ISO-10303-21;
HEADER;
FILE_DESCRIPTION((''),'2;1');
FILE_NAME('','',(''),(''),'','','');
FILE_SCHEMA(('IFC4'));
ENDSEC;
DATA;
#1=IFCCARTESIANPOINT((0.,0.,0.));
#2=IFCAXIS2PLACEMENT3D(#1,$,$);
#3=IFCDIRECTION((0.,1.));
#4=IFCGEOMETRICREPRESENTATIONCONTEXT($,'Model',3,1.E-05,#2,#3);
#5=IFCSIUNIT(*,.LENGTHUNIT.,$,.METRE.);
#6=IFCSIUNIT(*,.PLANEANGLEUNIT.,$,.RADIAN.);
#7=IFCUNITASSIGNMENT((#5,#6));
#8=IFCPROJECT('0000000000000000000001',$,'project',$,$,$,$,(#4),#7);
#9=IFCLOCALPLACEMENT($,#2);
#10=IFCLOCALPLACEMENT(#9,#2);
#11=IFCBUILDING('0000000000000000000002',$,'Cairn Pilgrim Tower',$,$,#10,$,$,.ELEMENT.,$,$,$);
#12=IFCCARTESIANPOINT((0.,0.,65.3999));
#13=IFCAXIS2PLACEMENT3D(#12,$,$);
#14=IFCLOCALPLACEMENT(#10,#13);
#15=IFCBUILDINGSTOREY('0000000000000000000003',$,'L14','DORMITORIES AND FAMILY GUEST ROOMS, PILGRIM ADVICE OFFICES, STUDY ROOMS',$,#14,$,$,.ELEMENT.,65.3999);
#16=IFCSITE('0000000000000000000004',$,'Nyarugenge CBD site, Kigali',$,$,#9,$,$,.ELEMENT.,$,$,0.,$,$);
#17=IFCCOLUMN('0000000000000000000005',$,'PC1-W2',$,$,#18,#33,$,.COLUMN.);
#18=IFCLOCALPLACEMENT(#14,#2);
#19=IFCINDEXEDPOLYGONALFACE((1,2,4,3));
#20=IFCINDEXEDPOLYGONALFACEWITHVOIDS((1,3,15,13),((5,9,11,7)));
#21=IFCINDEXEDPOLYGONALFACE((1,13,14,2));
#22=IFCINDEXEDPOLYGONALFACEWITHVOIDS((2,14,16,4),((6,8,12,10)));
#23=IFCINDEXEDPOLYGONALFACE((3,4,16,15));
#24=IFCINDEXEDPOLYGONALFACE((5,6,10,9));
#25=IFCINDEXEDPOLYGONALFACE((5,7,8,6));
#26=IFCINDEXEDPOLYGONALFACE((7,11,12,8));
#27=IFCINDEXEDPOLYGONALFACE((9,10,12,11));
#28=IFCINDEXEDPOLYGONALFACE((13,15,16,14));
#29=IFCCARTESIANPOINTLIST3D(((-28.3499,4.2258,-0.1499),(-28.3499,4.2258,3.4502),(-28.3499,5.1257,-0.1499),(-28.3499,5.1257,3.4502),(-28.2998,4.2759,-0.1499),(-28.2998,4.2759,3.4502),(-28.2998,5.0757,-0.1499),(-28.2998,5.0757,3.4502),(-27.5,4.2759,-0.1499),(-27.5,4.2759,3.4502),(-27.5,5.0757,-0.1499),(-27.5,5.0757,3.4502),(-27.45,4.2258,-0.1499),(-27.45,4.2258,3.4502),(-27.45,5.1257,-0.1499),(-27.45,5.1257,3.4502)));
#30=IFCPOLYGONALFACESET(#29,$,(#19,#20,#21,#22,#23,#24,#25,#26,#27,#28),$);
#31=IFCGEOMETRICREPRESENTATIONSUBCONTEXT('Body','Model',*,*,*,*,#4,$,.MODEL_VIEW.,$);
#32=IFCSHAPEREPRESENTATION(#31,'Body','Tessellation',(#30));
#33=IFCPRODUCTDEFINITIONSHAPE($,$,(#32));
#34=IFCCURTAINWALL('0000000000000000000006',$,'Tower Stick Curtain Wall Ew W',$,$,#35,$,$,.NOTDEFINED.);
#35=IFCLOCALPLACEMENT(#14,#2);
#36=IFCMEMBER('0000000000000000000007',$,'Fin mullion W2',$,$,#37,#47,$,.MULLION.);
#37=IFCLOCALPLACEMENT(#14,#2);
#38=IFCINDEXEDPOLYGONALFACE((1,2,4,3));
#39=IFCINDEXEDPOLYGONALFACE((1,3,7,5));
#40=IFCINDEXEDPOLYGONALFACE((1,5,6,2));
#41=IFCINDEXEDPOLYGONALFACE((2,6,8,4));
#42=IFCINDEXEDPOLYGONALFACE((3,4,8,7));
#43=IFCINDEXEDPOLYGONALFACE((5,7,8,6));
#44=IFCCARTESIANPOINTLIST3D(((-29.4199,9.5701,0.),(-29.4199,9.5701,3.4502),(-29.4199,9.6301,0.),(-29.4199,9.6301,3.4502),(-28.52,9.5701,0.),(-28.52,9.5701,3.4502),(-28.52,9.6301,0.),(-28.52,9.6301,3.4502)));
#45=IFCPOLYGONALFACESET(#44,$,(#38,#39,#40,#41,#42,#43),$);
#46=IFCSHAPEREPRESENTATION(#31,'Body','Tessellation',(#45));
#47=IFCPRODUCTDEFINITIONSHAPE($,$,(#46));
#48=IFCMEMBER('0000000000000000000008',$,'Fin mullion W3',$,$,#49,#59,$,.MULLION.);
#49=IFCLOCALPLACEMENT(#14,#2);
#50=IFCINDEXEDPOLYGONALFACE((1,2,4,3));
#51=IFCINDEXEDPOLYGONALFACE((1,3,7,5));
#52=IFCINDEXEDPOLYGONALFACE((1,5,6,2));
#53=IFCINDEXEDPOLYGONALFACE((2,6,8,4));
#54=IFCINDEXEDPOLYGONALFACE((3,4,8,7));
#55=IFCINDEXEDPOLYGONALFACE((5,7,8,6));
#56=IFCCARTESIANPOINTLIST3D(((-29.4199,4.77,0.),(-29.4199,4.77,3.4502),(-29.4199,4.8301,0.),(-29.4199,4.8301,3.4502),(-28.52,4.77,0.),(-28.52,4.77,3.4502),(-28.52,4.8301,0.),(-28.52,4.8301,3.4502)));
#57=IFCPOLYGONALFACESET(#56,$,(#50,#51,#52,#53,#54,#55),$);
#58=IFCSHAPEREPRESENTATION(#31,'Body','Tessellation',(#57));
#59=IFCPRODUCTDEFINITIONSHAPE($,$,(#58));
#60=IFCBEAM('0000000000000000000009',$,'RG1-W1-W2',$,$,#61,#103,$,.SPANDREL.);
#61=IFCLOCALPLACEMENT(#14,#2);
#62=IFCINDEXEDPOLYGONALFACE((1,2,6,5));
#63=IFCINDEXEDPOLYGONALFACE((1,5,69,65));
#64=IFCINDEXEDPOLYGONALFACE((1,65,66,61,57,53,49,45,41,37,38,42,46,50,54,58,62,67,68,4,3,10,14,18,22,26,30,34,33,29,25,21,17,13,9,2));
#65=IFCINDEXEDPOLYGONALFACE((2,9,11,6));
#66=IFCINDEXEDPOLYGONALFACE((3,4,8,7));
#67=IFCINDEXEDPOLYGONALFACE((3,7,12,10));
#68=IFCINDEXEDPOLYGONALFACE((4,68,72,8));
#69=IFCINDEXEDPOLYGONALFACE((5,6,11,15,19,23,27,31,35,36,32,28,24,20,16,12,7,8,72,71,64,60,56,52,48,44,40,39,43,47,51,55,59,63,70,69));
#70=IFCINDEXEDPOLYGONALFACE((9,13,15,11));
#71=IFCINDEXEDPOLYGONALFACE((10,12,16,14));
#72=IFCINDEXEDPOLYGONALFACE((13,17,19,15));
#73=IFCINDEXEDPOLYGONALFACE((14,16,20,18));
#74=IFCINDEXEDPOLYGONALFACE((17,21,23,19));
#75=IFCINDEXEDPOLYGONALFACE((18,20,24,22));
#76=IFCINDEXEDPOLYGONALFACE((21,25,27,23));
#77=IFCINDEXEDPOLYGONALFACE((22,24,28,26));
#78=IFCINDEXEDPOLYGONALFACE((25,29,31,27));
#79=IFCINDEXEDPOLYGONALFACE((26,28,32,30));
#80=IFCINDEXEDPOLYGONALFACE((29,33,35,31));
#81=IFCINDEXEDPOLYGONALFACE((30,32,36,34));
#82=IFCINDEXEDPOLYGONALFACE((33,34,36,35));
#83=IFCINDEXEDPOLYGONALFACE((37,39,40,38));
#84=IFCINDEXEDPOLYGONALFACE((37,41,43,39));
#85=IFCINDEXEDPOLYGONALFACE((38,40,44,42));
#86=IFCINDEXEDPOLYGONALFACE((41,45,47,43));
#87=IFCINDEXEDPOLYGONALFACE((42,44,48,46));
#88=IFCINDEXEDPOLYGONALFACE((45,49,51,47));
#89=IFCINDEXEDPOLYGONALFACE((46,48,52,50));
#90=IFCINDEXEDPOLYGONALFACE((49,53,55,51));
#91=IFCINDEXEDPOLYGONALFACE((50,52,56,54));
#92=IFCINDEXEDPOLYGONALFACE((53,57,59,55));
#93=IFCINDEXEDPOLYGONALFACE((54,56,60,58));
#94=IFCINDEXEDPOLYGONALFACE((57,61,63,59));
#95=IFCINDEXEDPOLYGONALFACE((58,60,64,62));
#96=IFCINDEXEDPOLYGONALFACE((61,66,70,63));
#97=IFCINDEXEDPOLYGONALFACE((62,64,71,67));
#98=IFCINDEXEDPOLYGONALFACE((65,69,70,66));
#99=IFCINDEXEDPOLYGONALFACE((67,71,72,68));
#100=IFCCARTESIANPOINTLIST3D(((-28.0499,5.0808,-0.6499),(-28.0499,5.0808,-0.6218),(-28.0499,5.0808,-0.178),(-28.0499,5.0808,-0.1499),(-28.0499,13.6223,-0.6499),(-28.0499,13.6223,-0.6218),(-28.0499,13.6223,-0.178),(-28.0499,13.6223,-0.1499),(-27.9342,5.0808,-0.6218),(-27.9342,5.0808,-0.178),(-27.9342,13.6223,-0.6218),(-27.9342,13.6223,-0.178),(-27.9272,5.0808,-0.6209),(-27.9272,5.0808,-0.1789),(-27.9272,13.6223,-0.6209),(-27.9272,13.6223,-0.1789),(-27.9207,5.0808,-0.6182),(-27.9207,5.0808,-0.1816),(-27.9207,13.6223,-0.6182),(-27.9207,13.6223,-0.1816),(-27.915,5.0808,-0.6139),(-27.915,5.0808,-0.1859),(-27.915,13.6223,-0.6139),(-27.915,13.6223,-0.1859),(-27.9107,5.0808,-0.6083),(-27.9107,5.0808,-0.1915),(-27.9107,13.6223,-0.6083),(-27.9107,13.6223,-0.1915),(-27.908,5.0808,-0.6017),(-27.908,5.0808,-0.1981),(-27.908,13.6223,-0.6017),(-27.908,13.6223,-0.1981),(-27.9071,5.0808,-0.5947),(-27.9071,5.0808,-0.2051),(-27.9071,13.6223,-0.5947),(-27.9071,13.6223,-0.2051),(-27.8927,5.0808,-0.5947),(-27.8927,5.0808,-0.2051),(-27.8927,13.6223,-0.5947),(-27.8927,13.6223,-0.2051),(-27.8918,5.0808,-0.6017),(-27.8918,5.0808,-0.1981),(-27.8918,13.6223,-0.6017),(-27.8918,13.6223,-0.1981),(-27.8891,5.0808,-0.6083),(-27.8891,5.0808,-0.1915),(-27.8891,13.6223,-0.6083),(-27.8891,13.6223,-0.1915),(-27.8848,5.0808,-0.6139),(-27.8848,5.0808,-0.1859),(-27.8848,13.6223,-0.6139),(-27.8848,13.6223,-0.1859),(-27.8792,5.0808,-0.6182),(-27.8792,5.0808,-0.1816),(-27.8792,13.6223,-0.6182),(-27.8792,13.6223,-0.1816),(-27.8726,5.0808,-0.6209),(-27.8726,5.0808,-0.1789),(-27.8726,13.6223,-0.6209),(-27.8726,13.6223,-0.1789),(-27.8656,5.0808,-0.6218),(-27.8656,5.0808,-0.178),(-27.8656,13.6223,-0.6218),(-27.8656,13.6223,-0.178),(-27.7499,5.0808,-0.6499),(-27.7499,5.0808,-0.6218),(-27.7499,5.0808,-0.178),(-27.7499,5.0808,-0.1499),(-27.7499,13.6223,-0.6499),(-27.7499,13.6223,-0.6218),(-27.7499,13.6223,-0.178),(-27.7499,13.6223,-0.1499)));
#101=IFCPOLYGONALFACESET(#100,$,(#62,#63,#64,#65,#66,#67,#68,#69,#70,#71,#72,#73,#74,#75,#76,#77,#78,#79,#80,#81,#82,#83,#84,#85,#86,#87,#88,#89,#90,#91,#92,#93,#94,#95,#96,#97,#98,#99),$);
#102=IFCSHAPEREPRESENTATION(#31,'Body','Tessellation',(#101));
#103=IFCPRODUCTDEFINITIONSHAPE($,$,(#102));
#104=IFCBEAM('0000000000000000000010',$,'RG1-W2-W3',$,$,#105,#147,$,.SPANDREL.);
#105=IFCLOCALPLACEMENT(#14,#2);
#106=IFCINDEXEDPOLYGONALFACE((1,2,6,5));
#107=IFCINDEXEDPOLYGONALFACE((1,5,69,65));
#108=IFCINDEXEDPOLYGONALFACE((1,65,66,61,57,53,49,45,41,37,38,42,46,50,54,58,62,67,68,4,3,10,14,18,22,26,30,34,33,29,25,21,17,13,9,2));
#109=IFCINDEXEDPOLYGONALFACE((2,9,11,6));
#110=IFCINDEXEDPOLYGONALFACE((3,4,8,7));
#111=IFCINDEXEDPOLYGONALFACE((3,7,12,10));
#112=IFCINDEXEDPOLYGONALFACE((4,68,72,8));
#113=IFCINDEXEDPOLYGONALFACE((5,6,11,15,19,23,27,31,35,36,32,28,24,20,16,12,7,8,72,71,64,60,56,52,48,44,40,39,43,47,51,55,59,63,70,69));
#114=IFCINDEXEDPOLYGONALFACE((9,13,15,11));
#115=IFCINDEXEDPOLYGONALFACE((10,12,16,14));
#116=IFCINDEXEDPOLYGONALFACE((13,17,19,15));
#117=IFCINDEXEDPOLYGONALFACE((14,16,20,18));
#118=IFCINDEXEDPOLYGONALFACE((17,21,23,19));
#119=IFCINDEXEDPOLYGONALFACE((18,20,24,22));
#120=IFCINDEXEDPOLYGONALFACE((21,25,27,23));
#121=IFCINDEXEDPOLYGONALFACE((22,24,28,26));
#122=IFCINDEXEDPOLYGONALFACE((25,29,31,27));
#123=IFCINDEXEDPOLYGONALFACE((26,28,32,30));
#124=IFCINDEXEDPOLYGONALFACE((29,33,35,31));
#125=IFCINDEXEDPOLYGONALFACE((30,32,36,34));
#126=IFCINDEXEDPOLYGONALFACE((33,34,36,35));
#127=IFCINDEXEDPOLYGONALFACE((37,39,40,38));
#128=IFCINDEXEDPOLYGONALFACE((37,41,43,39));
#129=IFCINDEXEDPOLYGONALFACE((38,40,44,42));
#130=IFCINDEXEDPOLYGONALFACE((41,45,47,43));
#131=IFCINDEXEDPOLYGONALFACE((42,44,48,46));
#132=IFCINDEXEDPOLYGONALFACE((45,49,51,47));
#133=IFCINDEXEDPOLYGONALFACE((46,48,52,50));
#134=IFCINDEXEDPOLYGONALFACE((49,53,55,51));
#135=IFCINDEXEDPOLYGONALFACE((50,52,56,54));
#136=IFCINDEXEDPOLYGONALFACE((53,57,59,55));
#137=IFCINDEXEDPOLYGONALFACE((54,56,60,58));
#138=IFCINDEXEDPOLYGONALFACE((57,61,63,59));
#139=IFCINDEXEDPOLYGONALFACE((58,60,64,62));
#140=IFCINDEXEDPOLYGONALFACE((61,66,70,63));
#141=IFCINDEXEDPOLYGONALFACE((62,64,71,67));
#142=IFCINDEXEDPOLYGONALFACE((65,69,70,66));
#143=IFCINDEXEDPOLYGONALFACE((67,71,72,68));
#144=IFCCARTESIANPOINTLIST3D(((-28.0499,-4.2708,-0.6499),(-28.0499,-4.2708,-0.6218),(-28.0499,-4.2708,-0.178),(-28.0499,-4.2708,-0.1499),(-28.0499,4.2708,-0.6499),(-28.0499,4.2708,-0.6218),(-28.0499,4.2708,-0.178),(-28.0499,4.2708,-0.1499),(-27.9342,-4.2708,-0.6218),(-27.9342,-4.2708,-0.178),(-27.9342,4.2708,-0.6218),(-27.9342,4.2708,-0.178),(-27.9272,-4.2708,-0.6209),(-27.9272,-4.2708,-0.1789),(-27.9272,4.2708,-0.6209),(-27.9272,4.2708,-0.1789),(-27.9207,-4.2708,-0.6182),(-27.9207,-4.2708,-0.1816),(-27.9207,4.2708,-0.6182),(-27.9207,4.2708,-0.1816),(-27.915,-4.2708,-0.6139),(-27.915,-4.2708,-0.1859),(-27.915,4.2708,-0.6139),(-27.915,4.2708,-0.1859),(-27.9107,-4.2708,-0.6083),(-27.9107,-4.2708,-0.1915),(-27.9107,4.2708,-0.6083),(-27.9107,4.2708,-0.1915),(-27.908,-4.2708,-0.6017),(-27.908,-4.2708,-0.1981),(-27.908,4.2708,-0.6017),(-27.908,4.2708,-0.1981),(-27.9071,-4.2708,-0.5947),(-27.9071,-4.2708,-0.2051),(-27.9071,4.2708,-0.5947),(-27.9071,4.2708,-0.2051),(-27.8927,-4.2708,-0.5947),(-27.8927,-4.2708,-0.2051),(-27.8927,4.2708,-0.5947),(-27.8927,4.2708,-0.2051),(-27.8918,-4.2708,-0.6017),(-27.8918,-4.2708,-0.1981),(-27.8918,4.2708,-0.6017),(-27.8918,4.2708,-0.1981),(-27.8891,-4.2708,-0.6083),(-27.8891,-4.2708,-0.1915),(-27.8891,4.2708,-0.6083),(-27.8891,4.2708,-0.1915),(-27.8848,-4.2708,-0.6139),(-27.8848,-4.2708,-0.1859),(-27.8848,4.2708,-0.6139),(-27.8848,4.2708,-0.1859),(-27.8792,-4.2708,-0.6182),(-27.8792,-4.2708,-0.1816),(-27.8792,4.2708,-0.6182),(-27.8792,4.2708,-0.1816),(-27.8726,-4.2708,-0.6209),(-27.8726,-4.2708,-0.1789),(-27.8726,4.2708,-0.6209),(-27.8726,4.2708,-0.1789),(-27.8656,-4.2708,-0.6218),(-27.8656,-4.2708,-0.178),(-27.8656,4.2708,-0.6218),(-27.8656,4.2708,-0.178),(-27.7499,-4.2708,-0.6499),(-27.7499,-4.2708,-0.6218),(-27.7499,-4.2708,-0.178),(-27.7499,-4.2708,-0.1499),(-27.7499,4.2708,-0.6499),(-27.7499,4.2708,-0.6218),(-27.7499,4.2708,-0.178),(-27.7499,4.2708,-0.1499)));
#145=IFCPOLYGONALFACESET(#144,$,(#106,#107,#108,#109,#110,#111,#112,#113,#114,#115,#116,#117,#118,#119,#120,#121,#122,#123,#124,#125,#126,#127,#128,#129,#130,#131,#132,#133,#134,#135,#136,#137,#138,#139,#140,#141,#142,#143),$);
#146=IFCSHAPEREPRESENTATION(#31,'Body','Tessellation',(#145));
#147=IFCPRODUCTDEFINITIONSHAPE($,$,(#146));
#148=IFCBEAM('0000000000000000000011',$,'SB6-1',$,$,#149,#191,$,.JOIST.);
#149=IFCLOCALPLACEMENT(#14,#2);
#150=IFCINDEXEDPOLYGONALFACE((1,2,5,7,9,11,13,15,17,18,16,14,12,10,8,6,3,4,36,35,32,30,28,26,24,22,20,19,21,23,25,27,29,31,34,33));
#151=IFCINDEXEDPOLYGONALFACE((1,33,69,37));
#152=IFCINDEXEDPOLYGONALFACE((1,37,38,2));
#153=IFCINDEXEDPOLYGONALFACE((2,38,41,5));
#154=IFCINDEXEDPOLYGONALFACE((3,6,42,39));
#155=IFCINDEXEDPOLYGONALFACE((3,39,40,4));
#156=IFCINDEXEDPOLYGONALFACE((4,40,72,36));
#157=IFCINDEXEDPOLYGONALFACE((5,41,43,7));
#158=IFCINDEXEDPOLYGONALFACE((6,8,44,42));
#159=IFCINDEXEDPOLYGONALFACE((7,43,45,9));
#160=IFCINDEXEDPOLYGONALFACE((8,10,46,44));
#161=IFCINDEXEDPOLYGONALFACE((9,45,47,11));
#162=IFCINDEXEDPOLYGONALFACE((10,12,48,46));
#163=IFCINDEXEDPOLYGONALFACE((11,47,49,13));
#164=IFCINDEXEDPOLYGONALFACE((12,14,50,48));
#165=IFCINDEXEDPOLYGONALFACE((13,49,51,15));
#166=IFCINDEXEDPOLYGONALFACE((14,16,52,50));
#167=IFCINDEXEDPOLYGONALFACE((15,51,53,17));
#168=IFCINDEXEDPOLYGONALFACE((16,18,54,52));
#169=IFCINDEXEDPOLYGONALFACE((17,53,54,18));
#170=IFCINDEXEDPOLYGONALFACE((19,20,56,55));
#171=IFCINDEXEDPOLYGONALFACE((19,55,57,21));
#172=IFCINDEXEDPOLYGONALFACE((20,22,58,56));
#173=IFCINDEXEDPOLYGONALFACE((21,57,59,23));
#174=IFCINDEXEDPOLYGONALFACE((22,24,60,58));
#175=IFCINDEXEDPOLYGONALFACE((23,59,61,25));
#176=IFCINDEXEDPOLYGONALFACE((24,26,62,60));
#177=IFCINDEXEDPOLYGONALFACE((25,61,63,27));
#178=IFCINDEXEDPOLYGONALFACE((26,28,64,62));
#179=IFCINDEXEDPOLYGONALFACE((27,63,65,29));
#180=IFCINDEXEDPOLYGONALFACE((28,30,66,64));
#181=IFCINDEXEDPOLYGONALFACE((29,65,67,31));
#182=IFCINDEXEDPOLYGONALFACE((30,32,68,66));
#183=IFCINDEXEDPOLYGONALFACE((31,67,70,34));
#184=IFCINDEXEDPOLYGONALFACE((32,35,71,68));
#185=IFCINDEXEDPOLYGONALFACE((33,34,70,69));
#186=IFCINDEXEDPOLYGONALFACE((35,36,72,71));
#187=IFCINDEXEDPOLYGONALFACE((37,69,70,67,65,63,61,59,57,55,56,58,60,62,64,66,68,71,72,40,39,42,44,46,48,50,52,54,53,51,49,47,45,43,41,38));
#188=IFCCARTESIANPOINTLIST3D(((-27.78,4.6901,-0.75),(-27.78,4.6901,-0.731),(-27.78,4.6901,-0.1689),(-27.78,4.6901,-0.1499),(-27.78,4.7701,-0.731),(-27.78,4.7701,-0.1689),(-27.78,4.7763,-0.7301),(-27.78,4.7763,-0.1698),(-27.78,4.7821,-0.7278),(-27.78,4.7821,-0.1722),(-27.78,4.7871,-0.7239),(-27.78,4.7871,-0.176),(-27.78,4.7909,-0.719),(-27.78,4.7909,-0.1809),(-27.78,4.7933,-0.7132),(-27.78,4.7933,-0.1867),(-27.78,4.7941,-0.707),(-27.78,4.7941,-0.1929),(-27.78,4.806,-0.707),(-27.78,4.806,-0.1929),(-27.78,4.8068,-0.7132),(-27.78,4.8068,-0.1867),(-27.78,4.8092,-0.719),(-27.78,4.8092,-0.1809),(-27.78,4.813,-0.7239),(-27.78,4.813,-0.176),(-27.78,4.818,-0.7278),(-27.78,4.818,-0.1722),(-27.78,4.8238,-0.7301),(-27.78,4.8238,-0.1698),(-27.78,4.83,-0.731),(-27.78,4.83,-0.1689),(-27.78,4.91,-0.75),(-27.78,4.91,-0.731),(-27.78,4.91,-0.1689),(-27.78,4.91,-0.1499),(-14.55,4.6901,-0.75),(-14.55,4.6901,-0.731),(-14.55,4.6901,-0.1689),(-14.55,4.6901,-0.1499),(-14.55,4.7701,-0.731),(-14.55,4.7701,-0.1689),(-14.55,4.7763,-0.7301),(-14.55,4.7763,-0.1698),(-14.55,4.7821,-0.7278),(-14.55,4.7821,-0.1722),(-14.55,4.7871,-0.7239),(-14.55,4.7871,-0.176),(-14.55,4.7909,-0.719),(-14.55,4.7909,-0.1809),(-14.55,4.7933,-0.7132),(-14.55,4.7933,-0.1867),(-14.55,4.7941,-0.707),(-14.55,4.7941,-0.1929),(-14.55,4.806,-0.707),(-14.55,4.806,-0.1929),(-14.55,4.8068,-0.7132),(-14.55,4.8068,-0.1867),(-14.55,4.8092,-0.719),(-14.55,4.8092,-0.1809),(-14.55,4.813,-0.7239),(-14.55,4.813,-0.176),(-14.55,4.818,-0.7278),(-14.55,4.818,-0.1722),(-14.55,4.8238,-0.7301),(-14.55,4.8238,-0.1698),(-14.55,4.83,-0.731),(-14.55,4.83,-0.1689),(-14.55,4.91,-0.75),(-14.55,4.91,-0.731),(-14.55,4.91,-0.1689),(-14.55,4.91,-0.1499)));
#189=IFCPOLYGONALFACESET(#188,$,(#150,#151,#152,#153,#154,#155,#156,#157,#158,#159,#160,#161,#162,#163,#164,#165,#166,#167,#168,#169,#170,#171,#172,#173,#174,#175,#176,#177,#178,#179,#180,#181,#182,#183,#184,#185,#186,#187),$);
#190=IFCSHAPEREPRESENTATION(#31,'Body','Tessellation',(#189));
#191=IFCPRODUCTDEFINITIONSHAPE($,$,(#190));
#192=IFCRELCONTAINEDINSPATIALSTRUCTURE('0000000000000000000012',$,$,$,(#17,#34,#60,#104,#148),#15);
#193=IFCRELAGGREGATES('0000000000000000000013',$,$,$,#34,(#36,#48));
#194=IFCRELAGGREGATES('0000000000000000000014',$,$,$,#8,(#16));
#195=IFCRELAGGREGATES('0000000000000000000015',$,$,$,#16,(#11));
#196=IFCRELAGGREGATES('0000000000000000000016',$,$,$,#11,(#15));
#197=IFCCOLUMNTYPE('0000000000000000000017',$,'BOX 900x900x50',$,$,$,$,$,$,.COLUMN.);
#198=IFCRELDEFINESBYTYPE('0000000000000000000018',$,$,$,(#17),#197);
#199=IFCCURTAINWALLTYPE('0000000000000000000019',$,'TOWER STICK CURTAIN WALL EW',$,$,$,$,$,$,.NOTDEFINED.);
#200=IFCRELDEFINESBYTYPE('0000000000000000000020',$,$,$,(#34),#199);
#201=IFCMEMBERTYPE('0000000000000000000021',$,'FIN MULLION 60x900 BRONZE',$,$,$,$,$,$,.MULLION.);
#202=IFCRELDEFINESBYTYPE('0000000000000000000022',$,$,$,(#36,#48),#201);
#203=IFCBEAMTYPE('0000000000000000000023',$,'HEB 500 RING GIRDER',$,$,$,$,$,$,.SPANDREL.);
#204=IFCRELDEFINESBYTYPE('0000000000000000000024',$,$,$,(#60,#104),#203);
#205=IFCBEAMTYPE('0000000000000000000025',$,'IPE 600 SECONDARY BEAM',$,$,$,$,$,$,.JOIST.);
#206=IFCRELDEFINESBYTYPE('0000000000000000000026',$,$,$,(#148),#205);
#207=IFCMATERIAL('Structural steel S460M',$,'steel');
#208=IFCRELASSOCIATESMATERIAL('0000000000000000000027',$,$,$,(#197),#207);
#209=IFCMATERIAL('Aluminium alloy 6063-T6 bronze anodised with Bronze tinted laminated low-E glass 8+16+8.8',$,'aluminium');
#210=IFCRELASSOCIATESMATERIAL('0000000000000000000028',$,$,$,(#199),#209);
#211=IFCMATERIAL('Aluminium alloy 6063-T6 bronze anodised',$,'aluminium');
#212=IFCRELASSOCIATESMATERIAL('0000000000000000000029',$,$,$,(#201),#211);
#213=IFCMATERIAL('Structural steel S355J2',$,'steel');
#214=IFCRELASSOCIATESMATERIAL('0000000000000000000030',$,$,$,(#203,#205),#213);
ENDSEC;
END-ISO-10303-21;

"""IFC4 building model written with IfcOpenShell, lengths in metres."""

from ifc_helpers import new_model, si_unit, direction, frame, origin, origin_2d, place, context, subcontext, project, spatial, rectangle, hollow_rectangle, i_section, extrude, material, material_profile, profile_set, type_object, element, aggregate, save


model = new_model("IFC4")

# Units and contexts
model_context = context("Model", 3, precision=1e-05, world=origin(), true_north=direction((0.0, 1.0)))
body_context = subcontext(model_context, "Body", "Model", "MODEL_VIEW")
ifc_project = project(units=[si_unit("LENGTHUNIT", "METRE"), si_unit("PLANEANGLEUNIT", "RADIAN")], contexts=[model_context])

# Site, building, storey
site_placement = place(None, origin())
site = spatial("IfcSite", under=ifc_project, at=site_placement, Name="Nyarugenge CBD site, Kigali", CompositionType="ELEMENT", RefElevation=0.0)
building_placement = place(site_placement, origin())
building = spatial("IfcBuilding", under=site, at=building_placement, Name="Cairn Pilgrim Tower", CompositionType="ELEMENT")
storey_placement = place(building_placement, frame((0.0, 0.0, 65.3999)))
storey = spatial("IfcBuildingStorey", under=building, at=storey_placement, Name="L14", Description="DORMITORIES AND FAMILY GUEST ROOMS, PILGRIM ADVICE OFFICES, STUDY ROOMS", CompositionType="ELEMENT", Elevation=65.3999)

# Column
ifc_material_1 = material(Name="Structural steel S460M", Category="steel")
ifc_material_profile_1 = material_profile(ifc_material_1, hollow_rectangle(XDim=0.8999, YDim=0.8999, WallThickness=0.05, at=origin_2d()), Name="BOX 900x900x50")
ifc_profile_set_1 = profile_set([ifc_material_profile_1], Name="Structural steel S460M")
column_type = type_object("IfcColumnType", Name="BOX 900x900x50", PredefinedType="COLUMN", material=ifc_profile_set_1)
column_placement = place(storey_placement, frame((-27.8999, 4.6758, -0.1499), z_axis=(0.0, 0.0, 1.0), x_axis=(1.0, 0.0, 0.0)))
element("IfcColumn", 1, at=column_placement, inside=storey, type_object=column_type, Name="PC1-W2", PredefinedType="COLUMN", context=body_context, shape_type="SweptSolid", body=[
    extrude(hollow_rectangle(XDim=0.8999, YDim=0.8999, WallThickness=0.05, at=origin_2d()), origin(), (0.0, 0.0, 1.0), 3.6001),
])

# Curtain wall, members
ifc_material_2 = material(Name="Aluminium alloy 6063-T6 bronze anodised with Bronze tinted laminated low-E glass 8+16+8.8", Category="aluminium")
curtain_wall_type = type_object("IfcCurtainWallType", Name="TOWER STICK CURTAIN WALL EW", PredefinedType="NOTDEFINED", material=ifc_material_2)
curtain_wall_placement = place(storey_placement, origin())
curtain_wall = element("IfcCurtainWall", 2, at=curtain_wall_placement, inside=storey, type_object=curtain_wall_type, Name="Tower Stick Curtain Wall Ew W", PredefinedType="NOTDEFINED")
ifc_material_3 = material(Name="Aluminium alloy 6063-T6 bronze anodised", Category="aluminium")
ifc_material_profile_2 = material_profile(ifc_material_3, rectangle(XDim=0.8999, YDim=0.0601, at=origin_2d()), Name="FIN MULLION 60x900 BRONZE")
ifc_profile_set_2 = profile_set([ifc_material_profile_2], Name="Aluminium alloy 6063-T6 bronze anodised")
member_type_1 = type_object("IfcMemberType", Name="FIN MULLION 60x900 BRONZE", PredefinedType="MULLION", material=ifc_profile_set_2)
member_1_placement = place(storey_placement, frame((-28.97, 9.6001, 0.0), z_axis=(0.0, 0.0, 1.0), x_axis=(-1.0, 0.0, 0.0)))
member_1 = element("IfcMember", 3, at=member_1_placement, type_object=member_type_1, Name="Fin mullion W2", PredefinedType="MULLION", context=body_context, shape_type="SweptSolid", body=[
    extrude(rectangle(XDim=0.8999, YDim=0.0601, at=origin_2d()), origin(), (0.0, 0.0, 1.0), 3.4502),
])
member_2_placement = place(storey_placement, frame((-28.97, 4.8, 0.0), z_axis=(0.0, 0.0, 1.0), x_axis=(-1.0, 0.0, 0.0)))
member_2 = element("IfcMember", 4, at=member_2_placement, type_object=member_type_1, Name="Fin mullion W3", PredefinedType="MULLION", context=body_context, shape_type="SweptSolid", body=[
    extrude(rectangle(XDim=0.8999, YDim=0.0601, at=origin_2d()), origin(), (0.0, 0.0, 1.0), 3.4502),
])

# Beams
ifc_material_4 = material(Name="Structural steel S355J2", Category="steel")
ifc_material_profile_3 = material_profile(ifc_material_4, i_section(OverallWidth=0.3, OverallDepth=0.5, WebThickness=0.0144, FlangeThickness=0.0281, FilletRadius=0.0271, at=origin_2d()), Name="HEB 500")
ifc_profile_set_3 = profile_set([ifc_material_profile_3], Name="Structural steel S355J2")
beam_type_1 = type_object("IfcBeamType", Name="HEB 500 RING GIRDER", PredefinedType="SPANDREL", material=ifc_profile_set_3)
for number, where, z_axis, x_axis, name in (
    (5, (-27.8999, 13.6223, -0.3999), (0.0, -1.0, 0.0), (1.0, 0.0, 0.0), "RG1-W1-W2"),
    (6, (-27.8999, 4.2708, -0.3999), (0.0, -1.0, 0.0), (1.0, 0.0, 0.0), "RG1-W2-W3"),
):
    element("IfcBeam", number, at=place(storey_placement, frame(where, z_axis=z_axis, x_axis=x_axis)), inside=storey, type_object=beam_type_1, Name=name, PredefinedType="SPANDREL", context=body_context, shape_type="SweptSolid", body=[
        extrude(i_section(OverallWidth=0.3, OverallDepth=0.5, WebThickness=0.0144, FlangeThickness=0.0281, FilletRadius=0.0271, at=origin_2d()), origin(), (0.0, 0.0, 1.0), 8.5415),
    ])
ifc_material_profile_4 = material_profile(ifc_material_4, i_section(OverallWidth=0.22, OverallDepth=0.6001, WebThickness=0.012, FlangeThickness=0.019, FilletRadius=0.0239, at=origin_2d()), Name="IPE 600")
ifc_profile_set_4 = profile_set([ifc_material_profile_4], Name="Structural steel S355J2")
beam_type_2 = type_object("IfcBeamType", Name="IPE 600 SECONDARY BEAM", PredefinedType="JOIST", material=ifc_profile_set_4)
beam_placement = place(storey_placement, frame((-27.78, 4.8, -0.45), z_axis=(1.0, 0.0, 0.0), x_axis=(0.0, 1.0, 0.0)))
element("IfcBeam", 7, at=beam_placement, inside=storey, type_object=beam_type_2, Name="SB6-1", PredefinedType="JOIST", context=body_context, shape_type="SweptSolid", body=[
    extrude(i_section(OverallWidth=0.22, OverallDepth=0.6001, WebThickness=0.012, FlangeThickness=0.019, FilletRadius=0.0239, at=origin_2d()), origin(), (0.0, 0.0, 1.0), 13.23),
])

aggregate(curtain_wall, [member_1, member_2])

save(model, "model.ifc")
